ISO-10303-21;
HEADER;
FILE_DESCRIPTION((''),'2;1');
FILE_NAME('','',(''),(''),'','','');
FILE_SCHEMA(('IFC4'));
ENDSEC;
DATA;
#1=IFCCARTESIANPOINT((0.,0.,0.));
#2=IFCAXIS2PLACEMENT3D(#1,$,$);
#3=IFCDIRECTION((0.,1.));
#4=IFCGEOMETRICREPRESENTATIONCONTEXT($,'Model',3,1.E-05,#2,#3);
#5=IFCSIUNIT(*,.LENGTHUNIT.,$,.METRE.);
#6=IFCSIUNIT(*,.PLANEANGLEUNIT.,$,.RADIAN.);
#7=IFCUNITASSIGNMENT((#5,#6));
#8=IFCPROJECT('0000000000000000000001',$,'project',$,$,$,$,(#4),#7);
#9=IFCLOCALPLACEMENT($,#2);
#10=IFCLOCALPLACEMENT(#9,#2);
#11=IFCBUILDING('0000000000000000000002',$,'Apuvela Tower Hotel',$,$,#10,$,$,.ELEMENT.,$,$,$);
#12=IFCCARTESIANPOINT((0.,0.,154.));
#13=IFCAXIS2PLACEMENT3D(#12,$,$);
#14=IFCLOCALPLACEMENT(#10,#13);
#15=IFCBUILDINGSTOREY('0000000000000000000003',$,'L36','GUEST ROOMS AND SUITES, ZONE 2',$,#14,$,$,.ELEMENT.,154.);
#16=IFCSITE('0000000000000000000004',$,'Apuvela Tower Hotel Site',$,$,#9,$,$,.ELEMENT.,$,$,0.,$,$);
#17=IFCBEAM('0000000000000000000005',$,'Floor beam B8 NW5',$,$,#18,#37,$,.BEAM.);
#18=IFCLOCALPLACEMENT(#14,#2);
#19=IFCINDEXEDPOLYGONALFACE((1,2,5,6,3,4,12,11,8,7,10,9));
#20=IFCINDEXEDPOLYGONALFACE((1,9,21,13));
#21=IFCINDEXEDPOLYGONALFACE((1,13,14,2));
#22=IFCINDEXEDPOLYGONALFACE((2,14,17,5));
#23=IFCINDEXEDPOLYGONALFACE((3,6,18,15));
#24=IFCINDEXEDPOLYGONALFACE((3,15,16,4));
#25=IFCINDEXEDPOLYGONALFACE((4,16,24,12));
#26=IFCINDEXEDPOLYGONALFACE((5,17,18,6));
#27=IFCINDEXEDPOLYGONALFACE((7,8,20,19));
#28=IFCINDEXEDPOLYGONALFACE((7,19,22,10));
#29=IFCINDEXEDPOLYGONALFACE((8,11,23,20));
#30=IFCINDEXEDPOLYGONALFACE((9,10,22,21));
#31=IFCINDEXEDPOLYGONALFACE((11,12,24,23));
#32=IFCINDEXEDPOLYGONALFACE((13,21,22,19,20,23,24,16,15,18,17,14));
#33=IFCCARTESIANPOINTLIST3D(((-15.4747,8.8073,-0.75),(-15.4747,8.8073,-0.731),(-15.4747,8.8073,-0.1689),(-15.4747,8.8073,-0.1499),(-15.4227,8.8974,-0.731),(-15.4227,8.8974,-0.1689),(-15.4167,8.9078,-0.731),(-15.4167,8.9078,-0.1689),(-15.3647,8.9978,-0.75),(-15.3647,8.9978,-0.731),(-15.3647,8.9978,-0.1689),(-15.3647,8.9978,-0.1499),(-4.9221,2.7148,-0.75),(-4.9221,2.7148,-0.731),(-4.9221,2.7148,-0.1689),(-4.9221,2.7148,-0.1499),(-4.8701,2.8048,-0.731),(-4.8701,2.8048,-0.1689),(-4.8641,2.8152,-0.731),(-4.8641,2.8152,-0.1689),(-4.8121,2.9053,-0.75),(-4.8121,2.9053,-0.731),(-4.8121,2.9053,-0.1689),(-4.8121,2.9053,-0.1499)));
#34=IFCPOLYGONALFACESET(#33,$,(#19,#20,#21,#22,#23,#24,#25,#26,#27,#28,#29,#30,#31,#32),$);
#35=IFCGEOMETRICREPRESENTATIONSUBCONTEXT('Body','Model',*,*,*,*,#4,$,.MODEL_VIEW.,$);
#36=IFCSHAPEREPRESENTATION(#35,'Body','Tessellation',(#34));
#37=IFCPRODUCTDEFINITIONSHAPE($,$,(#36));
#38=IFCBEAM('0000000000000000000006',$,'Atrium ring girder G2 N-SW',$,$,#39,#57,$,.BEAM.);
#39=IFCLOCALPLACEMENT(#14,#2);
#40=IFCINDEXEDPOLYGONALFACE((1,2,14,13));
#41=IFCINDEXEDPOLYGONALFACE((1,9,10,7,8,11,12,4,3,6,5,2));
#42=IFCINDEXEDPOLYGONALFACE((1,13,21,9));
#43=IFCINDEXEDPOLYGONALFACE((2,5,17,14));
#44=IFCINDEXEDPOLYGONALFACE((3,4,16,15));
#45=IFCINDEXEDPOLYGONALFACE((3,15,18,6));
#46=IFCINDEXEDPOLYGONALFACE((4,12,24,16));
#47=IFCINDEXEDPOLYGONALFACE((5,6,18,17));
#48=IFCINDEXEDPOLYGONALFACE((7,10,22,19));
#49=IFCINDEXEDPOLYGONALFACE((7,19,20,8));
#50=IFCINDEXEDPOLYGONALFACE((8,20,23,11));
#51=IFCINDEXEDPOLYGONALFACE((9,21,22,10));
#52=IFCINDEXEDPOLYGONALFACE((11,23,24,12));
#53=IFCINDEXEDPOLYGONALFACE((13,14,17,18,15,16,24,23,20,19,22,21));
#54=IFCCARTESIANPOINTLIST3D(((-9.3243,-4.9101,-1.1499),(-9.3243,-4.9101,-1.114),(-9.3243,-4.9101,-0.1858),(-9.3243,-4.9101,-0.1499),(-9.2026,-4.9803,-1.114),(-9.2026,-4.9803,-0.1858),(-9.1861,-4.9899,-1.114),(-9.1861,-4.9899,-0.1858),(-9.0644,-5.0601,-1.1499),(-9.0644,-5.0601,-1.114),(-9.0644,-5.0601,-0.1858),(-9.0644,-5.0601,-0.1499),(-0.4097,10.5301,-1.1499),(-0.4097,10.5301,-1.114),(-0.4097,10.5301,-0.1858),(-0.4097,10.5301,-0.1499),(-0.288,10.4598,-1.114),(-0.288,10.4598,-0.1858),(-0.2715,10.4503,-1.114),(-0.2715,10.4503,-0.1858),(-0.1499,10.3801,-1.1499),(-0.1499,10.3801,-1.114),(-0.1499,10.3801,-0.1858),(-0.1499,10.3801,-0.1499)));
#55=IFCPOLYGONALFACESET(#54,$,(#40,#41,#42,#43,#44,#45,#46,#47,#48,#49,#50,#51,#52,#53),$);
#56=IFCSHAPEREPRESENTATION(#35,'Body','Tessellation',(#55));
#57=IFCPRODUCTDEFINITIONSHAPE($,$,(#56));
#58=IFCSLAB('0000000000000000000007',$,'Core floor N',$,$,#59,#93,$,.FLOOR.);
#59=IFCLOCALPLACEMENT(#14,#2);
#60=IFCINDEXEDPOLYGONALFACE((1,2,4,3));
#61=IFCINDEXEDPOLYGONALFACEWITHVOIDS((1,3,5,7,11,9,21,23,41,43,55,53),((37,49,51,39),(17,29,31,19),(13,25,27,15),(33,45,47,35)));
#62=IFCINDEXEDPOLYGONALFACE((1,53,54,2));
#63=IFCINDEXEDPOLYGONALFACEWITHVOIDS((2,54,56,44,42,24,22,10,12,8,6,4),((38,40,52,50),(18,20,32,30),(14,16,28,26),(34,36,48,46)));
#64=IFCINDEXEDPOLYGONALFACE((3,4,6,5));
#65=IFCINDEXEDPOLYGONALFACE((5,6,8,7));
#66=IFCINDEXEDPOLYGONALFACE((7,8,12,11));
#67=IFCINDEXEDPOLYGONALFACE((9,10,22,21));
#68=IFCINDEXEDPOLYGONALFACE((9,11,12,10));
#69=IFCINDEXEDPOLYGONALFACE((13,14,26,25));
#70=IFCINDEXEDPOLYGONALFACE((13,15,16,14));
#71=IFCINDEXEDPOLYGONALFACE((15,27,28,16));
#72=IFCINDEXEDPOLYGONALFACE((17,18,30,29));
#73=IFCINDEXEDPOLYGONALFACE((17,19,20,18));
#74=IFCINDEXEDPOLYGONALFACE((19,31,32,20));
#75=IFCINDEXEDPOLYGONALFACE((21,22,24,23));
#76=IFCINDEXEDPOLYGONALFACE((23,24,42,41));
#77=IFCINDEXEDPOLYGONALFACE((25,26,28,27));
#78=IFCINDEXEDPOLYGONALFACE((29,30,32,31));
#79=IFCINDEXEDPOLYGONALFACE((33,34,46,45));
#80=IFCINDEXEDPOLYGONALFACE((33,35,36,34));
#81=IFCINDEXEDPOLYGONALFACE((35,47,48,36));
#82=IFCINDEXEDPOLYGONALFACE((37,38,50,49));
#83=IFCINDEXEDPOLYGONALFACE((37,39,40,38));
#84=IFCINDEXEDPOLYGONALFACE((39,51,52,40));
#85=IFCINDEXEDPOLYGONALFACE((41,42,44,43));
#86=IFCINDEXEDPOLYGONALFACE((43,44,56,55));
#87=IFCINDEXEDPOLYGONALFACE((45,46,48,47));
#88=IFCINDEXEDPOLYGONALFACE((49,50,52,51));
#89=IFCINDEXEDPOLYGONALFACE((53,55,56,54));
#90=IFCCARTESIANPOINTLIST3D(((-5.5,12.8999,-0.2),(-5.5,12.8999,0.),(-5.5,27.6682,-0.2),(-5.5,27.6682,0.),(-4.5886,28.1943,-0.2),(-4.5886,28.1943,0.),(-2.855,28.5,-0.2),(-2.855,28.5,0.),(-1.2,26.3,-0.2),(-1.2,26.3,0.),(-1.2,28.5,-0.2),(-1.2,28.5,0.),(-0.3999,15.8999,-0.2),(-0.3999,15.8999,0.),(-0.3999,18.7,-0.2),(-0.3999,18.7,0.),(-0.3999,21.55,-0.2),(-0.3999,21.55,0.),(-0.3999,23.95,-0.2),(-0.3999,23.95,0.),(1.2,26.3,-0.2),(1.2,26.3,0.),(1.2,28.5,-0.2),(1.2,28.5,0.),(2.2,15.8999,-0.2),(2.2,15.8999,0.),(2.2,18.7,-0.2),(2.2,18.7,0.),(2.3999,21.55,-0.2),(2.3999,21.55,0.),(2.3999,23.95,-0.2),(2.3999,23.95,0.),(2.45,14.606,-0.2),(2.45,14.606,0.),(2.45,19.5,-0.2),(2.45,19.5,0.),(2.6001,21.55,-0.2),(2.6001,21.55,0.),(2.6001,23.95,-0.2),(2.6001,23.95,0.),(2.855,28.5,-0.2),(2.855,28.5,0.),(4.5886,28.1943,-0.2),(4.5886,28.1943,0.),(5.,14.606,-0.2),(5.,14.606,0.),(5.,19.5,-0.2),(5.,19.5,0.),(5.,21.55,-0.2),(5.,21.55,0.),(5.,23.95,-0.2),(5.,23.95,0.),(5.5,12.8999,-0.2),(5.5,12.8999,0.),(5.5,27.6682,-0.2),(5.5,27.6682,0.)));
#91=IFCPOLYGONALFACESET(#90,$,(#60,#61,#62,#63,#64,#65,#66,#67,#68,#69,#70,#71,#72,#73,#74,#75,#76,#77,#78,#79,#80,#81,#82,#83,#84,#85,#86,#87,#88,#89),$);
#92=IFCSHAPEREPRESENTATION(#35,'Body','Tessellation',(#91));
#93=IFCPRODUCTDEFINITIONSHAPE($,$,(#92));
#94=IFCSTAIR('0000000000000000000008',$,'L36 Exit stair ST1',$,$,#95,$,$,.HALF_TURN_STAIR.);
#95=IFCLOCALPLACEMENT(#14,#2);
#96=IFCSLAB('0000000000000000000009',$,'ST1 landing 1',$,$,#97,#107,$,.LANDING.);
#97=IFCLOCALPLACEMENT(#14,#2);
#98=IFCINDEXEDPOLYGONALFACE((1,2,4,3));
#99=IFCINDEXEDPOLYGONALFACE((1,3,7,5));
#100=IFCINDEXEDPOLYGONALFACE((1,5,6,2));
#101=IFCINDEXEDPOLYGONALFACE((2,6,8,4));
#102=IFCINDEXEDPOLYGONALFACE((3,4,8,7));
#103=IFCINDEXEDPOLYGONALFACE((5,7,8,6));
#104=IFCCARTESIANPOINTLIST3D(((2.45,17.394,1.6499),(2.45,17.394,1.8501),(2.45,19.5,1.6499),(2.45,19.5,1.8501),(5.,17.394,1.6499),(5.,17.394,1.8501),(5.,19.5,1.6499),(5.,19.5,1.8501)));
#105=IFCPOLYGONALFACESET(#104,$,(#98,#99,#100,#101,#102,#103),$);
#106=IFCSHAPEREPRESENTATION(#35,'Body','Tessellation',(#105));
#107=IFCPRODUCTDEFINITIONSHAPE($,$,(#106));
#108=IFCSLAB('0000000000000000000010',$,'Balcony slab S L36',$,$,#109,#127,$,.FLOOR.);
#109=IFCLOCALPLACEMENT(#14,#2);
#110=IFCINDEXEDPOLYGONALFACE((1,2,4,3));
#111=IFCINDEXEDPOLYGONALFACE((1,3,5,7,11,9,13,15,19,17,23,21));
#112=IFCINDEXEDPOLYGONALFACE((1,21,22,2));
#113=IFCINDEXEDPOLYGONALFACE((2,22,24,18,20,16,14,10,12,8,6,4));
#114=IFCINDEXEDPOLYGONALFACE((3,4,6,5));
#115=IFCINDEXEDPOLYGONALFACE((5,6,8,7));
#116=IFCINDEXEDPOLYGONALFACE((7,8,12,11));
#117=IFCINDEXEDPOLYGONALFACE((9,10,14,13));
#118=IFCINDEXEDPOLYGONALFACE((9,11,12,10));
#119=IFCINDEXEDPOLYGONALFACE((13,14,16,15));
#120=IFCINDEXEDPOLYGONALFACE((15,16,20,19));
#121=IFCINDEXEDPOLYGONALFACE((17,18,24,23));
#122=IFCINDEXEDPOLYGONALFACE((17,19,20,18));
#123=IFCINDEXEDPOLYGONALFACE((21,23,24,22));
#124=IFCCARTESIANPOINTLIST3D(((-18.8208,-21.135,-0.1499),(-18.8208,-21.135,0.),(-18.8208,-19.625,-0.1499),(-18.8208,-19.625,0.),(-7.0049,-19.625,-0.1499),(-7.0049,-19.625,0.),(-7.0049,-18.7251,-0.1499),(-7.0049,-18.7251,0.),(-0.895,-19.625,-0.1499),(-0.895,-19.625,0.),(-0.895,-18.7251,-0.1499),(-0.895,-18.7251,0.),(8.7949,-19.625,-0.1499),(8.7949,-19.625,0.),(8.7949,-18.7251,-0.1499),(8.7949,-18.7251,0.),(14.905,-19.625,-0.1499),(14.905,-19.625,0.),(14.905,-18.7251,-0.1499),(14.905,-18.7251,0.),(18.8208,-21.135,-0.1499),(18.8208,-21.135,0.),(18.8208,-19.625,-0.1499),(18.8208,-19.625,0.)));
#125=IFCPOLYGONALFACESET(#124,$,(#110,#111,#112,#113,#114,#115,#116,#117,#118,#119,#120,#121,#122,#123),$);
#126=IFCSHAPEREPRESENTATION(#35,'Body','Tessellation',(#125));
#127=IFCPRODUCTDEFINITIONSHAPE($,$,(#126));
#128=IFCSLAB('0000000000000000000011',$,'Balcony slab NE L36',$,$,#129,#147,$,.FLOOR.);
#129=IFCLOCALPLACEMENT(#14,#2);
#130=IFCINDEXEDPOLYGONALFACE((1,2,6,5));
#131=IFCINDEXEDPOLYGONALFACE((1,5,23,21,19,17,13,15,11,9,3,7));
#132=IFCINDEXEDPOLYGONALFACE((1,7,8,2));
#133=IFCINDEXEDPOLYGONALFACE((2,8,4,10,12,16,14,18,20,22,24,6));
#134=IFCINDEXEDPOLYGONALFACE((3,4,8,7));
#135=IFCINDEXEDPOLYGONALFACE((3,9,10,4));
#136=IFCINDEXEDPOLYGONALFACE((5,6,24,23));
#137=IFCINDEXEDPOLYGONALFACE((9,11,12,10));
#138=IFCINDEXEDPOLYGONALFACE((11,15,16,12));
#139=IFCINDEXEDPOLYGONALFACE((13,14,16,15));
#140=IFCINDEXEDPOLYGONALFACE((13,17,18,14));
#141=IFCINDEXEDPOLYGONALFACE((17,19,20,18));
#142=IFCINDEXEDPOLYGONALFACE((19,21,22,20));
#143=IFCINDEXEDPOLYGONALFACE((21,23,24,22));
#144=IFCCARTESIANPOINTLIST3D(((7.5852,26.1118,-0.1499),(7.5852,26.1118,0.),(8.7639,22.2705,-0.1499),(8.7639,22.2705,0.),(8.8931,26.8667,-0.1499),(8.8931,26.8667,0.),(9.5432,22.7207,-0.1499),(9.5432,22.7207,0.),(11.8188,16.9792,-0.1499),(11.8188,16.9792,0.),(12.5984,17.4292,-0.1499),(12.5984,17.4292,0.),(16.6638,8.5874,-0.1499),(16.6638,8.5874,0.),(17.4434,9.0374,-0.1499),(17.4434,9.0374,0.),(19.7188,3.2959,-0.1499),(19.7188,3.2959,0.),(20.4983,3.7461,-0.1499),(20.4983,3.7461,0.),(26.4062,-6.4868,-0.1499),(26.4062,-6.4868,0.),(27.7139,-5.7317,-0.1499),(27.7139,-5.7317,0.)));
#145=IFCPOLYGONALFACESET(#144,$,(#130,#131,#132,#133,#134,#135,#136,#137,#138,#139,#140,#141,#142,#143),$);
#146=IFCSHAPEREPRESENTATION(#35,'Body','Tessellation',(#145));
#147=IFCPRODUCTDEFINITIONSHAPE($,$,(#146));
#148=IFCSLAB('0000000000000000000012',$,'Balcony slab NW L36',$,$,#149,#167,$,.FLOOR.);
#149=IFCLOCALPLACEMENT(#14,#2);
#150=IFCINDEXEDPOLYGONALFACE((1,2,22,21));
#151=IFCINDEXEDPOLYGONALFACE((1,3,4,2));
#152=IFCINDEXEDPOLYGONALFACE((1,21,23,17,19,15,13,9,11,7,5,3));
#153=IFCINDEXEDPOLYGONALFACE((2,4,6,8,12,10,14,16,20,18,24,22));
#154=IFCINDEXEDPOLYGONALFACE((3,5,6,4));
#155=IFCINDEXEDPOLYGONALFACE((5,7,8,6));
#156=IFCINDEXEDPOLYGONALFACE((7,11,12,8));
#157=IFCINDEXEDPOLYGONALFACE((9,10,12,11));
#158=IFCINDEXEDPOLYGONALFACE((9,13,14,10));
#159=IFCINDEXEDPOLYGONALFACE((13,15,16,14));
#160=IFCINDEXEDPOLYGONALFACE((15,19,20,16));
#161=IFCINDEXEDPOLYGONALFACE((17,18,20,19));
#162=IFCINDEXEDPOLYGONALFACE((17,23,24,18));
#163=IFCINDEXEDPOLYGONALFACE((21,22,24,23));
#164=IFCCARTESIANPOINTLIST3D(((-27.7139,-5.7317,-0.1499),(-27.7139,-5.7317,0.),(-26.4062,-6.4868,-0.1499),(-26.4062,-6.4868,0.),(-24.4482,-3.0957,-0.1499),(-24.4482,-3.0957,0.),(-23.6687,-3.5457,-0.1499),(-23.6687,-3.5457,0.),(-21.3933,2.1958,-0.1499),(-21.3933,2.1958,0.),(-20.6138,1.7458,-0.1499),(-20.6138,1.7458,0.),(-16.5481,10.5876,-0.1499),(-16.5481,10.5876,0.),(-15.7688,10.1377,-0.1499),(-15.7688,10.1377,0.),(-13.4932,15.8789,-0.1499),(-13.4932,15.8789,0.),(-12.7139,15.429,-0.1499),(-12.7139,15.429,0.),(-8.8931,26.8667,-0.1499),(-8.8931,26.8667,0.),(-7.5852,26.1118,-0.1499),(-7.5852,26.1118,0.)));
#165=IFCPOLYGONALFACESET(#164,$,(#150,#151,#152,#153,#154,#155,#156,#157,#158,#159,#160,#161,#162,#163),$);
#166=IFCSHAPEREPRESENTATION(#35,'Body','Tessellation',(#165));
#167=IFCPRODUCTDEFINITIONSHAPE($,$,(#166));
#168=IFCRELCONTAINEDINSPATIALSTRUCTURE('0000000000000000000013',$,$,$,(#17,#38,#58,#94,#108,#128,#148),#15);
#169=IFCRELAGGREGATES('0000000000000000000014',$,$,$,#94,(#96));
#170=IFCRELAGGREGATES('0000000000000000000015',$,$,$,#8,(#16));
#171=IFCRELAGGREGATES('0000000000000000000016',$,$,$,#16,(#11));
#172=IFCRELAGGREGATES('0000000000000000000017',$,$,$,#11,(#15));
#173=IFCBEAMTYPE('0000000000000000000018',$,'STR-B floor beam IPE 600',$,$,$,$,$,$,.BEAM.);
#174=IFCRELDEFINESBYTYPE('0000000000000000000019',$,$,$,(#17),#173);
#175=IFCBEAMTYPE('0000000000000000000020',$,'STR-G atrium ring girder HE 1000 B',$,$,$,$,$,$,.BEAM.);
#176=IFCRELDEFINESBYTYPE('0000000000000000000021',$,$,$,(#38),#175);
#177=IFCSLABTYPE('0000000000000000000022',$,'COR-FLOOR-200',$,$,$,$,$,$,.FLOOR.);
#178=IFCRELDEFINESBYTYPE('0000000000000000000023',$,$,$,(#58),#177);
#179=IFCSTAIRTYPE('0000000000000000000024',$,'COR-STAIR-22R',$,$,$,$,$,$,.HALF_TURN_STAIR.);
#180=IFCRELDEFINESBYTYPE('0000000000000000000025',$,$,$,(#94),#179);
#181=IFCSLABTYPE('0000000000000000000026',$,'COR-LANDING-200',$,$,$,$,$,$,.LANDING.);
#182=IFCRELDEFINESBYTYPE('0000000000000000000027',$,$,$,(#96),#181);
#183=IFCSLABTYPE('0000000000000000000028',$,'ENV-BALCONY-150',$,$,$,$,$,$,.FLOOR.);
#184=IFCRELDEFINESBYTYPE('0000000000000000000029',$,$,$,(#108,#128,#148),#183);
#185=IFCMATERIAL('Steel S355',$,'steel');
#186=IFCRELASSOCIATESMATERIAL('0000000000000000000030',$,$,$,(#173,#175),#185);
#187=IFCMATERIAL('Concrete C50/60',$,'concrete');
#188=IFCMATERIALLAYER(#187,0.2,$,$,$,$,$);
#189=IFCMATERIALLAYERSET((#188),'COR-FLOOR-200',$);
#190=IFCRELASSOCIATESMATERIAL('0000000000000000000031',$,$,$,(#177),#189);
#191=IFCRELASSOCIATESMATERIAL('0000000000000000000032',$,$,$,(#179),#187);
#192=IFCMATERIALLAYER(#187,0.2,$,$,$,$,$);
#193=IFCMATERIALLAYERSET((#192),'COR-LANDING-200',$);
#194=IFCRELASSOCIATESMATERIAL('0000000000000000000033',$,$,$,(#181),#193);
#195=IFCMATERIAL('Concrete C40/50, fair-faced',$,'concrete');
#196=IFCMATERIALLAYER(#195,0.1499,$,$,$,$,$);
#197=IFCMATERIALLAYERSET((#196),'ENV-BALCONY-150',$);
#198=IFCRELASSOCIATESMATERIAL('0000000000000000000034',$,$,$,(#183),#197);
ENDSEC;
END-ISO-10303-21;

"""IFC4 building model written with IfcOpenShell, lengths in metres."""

from ifc_helpers import new_model, si_unit, direction, frame, origin, origin_2d, place, context, subcontext, project, spatial, polyline, i_section, outline, extrude, material, layer, layer_set, material_profile, profile_set, type_object, element, aggregate, save


model = new_model("IFC4")

# Units and contexts
model_context = context("Model", 3, precision=1e-05, world=origin(), true_north=direction((0.0, 1.0)))
body_context = subcontext(model_context, "Body", "Model", "MODEL_VIEW")
ifc_project = project(units=[si_unit("LENGTHUNIT", "METRE"), si_unit("PLANEANGLEUNIT", "RADIAN")], contexts=[model_context])

# Site, building, storey
site_placement = place(None, origin())
site = spatial("IfcSite", under=ifc_project, at=site_placement, Name="Apuvela Tower Hotel Site", CompositionType="ELEMENT", RefElevation=0.0)
building_placement = place(site_placement, origin())
building = spatial("IfcBuilding", under=site, at=building_placement, Name="Apuvela Tower Hotel", CompositionType="ELEMENT")
storey_placement = place(building_placement, frame((0.0, 0.0, 154.0)))
storey = spatial("IfcBuildingStorey", under=building, at=storey_placement, Name="L36", Description="GUEST ROOMS AND SUITES, ZONE 2", CompositionType="ELEMENT", Elevation=154.0)

# Beams
ifc_material_1 = material(Name="Steel S355", Category="steel")
ifc_material_profile_1 = material_profile(ifc_material_1, i_section(OverallWidth=0.22, OverallDepth=0.6001, WebThickness=0.012, FlangeThickness=0.019, at=origin_2d()), Name="IPE 600")
ifc_profile_set_1 = profile_set([ifc_material_profile_1], Name="Steel S355")
beam_type_1 = type_object("IfcBeamType", Name="STR-B floor beam IPE 600", PredefinedType="BEAM", material=ifc_profile_set_1)
beam_1_placement = place(storey_placement, frame((-15.4197, 8.9026, -0.45), z_axis=(0.866024, -0.500003, 0.0), x_axis=(0.500003, 0.866024, 0.0)))
element("IfcBeam", 1, at=beam_1_placement, inside=storey, type_object=beam_type_1, Name="Floor beam B8 NW5", PredefinedType="BEAM", context=body_context, shape_type="SweptSolid", body=[
    extrude(i_section(OverallWidth=0.22, OverallDepth=0.6001, WebThickness=0.012, FlangeThickness=0.019, at=origin_2d()), origin(), (0.0, 0.0, 1.0), 12.1851),
])
ifc_material_profile_2 = material_profile(ifc_material_1, i_section(OverallWidth=0.3, OverallDepth=1.0, WebThickness=0.019, FlangeThickness=0.0359, at=origin_2d()), Name="HE 1000 B")
ifc_profile_set_2 = profile_set([ifc_material_profile_2], Name="Steel S355")
beam_type_2 = type_object("IfcBeamType", Name="STR-G atrium ring girder HE 1000 B", PredefinedType="BEAM", material=ifc_profile_set_2)
beam_2_placement = place(storey_placement, frame((-0.2798, 10.4551, -0.6499), z_axis=(-0.500007, -0.866022, 0.0), x_axis=(0.866022, -0.500007, 0.0)))
element("IfcBeam", 2, at=beam_2_placement, inside=storey, type_object=beam_type_2, Name="Atrium ring girder G2 N-SW", PredefinedType="BEAM", context=body_context, shape_type="SweptSolid", body=[
    extrude(i_section(OverallWidth=0.3, OverallDepth=1.0, WebThickness=0.019, FlangeThickness=0.0359, at=origin_2d()), origin(), (0.0, 0.0, 1.0), 17.8289),
])

# Slab
ifc_material_2 = material(Name="Concrete C50/60", Category="concrete")
ifc_layer_1 = layer(ifc_material_2, 0.2)
ifc_layer_set_1 = layer_set([ifc_layer_1], Name="COR-FLOOR-200")
slab_type_1 = type_object("IfcSlabType", Name="COR-FLOOR-200", PredefinedType="FLOOR", material=ifc_layer_set_1)
slab_1_placement = place(storey_placement, frame((0.0, 0.0, -0.2)))
element("IfcSlab", 3, at=slab_1_placement, inside=storey, type_object=slab_type_1, Name="Core floor N", PredefinedType="FLOOR", context=body_context, shape_type="SweptSolid", body=[
    extrude(outline(polyline([(5.5, 27.6682), (4.5886, 28.1943), (2.855, 28.5), (1.2, 28.5), (1.2, 26.3), (-1.2, 26.3), (-1.2, 28.5), (-2.855, 28.5), (-4.5886, 28.1943), (-5.5, 27.6682), (-5.5, 12.8999), (5.5, 12.8999), (5.5, 27.6682)]), holes=[polyline([(5.0, 14.606), (2.45, 14.606), (2.45, 19.5), (5.0, 19.5), (5.0, 14.606)]), polyline([(2.2, 15.8999), (-0.3999, 15.8999), (-0.3999, 18.7), (2.2, 18.7), (2.2, 15.8999)]), polyline([(5.0, 21.55), (2.6001, 21.55), (2.6001, 23.95), (5.0, 23.95), (5.0, 21.55)]), polyline([(2.3999, 21.55), (-0.3999, 21.55), (-0.3999, 23.95), (2.3999, 23.95), (2.3999, 21.55)])]), origin(), (0.0, 0.0, 1.0), 0.2),
])

# Stair, slab
stair_type = type_object("IfcStairType", Name="COR-STAIR-22R", PredefinedType="HALF_TURN_STAIR", material=ifc_material_2)
stair_placement = place(storey_placement, origin())
stair = element("IfcStair", 4, at=stair_placement, inside=storey, type_object=stair_type, Name="L36 Exit stair ST1", PredefinedType="HALF_TURN_STAIR")
ifc_layer_2 = layer(ifc_material_2, 0.2)
ifc_layer_set_2 = layer_set([ifc_layer_2], Name="COR-LANDING-200")
slab_type_2 = type_object("IfcSlabType", Name="COR-LANDING-200", PredefinedType="LANDING", material=ifc_layer_set_2)
slab_2_placement = place(storey_placement, frame((0.0, 0.0, 1.6499)))
slab_2 = element("IfcSlab", 5, at=slab_2_placement, type_object=slab_type_2, Name="ST1 landing 1", PredefinedType="LANDING", context=body_context, shape_type="SweptSolid", body=[
    extrude(outline(polyline([(5.0, 17.394), (5.0, 19.5), (2.45, 19.5), (2.45, 17.394), (5.0, 17.394)])), origin(), (0.0, 0.0, 1.0), 0.2002),
])
aggregate(stair, [slab_2])

# Slabs
ifc_material_3 = material(Name="Concrete C40/50, fair-faced", Category="concrete")
ifc_layer_3 = layer(ifc_material_3, 0.1499)
ifc_layer_set_3 = layer_set([ifc_layer_3], Name="ENV-BALCONY-150")
slab_type_3 = type_object("IfcSlabType", Name="ENV-BALCONY-150", PredefinedType="FLOOR", material=ifc_layer_set_3)
slab_3_placement = place(storey_placement, frame((0.0, 0.0, -0.1499)))
element("IfcSlab", 6, at=slab_3_placement, inside=storey, type_object=slab_type_3, Name="Balcony slab S L36", PredefinedType="FLOOR", context=body_context, shape_type="SweptSolid", body=[
    extrude(outline(polyline([(18.8208, -21.135), (-18.8208, -21.135), (-18.8208, -19.625), (-7.0049, -19.625), (-7.0049, -18.7251), (-0.895, -18.7251), (-0.895, -19.625), (8.7949, -19.625), (8.7949, -18.7251), (14.905, -18.7251), (14.905, -19.625), (18.8208, -19.625), (18.8208, -21.135)])), origin(), (0.0, 0.0, 1.0), 0.1499),
])
slab_4_placement = place(storey_placement, frame((0.0, 0.0, -0.1499)))
element("IfcSlab", 7, at=slab_4_placement, inside=storey, type_object=slab_type_3, Name="Balcony slab NE L36", PredefinedType="FLOOR", context=body_context, shape_type="SweptSolid", body=[
    extrude(outline(polyline([(17.4434, 9.0374), (12.5984, 17.4292), (11.8188, 16.9792), (8.7639, 22.2705), (9.5432, 22.7207), (7.5852, 26.1118), (8.8931, 26.8667), (27.7139, -5.7317), (26.4062, -6.4868), (20.4983, 3.7461), (19.7188, 3.2959), (16.6638, 8.5874), (17.4434, 9.0374)])), origin(), (0.0, 0.0, 1.0), 0.1499),
])
slab_5_placement = place(storey_placement, frame((0.0, 0.0, -0.1499)))
element("IfcSlab", 8, at=slab_5_placement, inside=storey, type_object=slab_type_3, Name="Balcony slab NW L36", PredefinedType="FLOOR", context=body_context, shape_type="SweptSolid", body=[
    extrude(outline(polyline([(-27.7139, -5.7317), (-8.8931, 26.8667), (-7.5852, 26.1118), (-13.4932, 15.8789), (-12.7139, 15.429), (-15.7688, 10.1377), (-16.5481, 10.5876), (-21.3933, 2.1958), (-20.6138, 1.7458), (-23.6687, -3.5457), (-24.4482, -3.0957), (-26.4062, -6.4868), (-27.7139, -5.7317)])), origin(), (0.0, 0.0, 1.0), 0.1499),
])

save(model, "model.ifc")
